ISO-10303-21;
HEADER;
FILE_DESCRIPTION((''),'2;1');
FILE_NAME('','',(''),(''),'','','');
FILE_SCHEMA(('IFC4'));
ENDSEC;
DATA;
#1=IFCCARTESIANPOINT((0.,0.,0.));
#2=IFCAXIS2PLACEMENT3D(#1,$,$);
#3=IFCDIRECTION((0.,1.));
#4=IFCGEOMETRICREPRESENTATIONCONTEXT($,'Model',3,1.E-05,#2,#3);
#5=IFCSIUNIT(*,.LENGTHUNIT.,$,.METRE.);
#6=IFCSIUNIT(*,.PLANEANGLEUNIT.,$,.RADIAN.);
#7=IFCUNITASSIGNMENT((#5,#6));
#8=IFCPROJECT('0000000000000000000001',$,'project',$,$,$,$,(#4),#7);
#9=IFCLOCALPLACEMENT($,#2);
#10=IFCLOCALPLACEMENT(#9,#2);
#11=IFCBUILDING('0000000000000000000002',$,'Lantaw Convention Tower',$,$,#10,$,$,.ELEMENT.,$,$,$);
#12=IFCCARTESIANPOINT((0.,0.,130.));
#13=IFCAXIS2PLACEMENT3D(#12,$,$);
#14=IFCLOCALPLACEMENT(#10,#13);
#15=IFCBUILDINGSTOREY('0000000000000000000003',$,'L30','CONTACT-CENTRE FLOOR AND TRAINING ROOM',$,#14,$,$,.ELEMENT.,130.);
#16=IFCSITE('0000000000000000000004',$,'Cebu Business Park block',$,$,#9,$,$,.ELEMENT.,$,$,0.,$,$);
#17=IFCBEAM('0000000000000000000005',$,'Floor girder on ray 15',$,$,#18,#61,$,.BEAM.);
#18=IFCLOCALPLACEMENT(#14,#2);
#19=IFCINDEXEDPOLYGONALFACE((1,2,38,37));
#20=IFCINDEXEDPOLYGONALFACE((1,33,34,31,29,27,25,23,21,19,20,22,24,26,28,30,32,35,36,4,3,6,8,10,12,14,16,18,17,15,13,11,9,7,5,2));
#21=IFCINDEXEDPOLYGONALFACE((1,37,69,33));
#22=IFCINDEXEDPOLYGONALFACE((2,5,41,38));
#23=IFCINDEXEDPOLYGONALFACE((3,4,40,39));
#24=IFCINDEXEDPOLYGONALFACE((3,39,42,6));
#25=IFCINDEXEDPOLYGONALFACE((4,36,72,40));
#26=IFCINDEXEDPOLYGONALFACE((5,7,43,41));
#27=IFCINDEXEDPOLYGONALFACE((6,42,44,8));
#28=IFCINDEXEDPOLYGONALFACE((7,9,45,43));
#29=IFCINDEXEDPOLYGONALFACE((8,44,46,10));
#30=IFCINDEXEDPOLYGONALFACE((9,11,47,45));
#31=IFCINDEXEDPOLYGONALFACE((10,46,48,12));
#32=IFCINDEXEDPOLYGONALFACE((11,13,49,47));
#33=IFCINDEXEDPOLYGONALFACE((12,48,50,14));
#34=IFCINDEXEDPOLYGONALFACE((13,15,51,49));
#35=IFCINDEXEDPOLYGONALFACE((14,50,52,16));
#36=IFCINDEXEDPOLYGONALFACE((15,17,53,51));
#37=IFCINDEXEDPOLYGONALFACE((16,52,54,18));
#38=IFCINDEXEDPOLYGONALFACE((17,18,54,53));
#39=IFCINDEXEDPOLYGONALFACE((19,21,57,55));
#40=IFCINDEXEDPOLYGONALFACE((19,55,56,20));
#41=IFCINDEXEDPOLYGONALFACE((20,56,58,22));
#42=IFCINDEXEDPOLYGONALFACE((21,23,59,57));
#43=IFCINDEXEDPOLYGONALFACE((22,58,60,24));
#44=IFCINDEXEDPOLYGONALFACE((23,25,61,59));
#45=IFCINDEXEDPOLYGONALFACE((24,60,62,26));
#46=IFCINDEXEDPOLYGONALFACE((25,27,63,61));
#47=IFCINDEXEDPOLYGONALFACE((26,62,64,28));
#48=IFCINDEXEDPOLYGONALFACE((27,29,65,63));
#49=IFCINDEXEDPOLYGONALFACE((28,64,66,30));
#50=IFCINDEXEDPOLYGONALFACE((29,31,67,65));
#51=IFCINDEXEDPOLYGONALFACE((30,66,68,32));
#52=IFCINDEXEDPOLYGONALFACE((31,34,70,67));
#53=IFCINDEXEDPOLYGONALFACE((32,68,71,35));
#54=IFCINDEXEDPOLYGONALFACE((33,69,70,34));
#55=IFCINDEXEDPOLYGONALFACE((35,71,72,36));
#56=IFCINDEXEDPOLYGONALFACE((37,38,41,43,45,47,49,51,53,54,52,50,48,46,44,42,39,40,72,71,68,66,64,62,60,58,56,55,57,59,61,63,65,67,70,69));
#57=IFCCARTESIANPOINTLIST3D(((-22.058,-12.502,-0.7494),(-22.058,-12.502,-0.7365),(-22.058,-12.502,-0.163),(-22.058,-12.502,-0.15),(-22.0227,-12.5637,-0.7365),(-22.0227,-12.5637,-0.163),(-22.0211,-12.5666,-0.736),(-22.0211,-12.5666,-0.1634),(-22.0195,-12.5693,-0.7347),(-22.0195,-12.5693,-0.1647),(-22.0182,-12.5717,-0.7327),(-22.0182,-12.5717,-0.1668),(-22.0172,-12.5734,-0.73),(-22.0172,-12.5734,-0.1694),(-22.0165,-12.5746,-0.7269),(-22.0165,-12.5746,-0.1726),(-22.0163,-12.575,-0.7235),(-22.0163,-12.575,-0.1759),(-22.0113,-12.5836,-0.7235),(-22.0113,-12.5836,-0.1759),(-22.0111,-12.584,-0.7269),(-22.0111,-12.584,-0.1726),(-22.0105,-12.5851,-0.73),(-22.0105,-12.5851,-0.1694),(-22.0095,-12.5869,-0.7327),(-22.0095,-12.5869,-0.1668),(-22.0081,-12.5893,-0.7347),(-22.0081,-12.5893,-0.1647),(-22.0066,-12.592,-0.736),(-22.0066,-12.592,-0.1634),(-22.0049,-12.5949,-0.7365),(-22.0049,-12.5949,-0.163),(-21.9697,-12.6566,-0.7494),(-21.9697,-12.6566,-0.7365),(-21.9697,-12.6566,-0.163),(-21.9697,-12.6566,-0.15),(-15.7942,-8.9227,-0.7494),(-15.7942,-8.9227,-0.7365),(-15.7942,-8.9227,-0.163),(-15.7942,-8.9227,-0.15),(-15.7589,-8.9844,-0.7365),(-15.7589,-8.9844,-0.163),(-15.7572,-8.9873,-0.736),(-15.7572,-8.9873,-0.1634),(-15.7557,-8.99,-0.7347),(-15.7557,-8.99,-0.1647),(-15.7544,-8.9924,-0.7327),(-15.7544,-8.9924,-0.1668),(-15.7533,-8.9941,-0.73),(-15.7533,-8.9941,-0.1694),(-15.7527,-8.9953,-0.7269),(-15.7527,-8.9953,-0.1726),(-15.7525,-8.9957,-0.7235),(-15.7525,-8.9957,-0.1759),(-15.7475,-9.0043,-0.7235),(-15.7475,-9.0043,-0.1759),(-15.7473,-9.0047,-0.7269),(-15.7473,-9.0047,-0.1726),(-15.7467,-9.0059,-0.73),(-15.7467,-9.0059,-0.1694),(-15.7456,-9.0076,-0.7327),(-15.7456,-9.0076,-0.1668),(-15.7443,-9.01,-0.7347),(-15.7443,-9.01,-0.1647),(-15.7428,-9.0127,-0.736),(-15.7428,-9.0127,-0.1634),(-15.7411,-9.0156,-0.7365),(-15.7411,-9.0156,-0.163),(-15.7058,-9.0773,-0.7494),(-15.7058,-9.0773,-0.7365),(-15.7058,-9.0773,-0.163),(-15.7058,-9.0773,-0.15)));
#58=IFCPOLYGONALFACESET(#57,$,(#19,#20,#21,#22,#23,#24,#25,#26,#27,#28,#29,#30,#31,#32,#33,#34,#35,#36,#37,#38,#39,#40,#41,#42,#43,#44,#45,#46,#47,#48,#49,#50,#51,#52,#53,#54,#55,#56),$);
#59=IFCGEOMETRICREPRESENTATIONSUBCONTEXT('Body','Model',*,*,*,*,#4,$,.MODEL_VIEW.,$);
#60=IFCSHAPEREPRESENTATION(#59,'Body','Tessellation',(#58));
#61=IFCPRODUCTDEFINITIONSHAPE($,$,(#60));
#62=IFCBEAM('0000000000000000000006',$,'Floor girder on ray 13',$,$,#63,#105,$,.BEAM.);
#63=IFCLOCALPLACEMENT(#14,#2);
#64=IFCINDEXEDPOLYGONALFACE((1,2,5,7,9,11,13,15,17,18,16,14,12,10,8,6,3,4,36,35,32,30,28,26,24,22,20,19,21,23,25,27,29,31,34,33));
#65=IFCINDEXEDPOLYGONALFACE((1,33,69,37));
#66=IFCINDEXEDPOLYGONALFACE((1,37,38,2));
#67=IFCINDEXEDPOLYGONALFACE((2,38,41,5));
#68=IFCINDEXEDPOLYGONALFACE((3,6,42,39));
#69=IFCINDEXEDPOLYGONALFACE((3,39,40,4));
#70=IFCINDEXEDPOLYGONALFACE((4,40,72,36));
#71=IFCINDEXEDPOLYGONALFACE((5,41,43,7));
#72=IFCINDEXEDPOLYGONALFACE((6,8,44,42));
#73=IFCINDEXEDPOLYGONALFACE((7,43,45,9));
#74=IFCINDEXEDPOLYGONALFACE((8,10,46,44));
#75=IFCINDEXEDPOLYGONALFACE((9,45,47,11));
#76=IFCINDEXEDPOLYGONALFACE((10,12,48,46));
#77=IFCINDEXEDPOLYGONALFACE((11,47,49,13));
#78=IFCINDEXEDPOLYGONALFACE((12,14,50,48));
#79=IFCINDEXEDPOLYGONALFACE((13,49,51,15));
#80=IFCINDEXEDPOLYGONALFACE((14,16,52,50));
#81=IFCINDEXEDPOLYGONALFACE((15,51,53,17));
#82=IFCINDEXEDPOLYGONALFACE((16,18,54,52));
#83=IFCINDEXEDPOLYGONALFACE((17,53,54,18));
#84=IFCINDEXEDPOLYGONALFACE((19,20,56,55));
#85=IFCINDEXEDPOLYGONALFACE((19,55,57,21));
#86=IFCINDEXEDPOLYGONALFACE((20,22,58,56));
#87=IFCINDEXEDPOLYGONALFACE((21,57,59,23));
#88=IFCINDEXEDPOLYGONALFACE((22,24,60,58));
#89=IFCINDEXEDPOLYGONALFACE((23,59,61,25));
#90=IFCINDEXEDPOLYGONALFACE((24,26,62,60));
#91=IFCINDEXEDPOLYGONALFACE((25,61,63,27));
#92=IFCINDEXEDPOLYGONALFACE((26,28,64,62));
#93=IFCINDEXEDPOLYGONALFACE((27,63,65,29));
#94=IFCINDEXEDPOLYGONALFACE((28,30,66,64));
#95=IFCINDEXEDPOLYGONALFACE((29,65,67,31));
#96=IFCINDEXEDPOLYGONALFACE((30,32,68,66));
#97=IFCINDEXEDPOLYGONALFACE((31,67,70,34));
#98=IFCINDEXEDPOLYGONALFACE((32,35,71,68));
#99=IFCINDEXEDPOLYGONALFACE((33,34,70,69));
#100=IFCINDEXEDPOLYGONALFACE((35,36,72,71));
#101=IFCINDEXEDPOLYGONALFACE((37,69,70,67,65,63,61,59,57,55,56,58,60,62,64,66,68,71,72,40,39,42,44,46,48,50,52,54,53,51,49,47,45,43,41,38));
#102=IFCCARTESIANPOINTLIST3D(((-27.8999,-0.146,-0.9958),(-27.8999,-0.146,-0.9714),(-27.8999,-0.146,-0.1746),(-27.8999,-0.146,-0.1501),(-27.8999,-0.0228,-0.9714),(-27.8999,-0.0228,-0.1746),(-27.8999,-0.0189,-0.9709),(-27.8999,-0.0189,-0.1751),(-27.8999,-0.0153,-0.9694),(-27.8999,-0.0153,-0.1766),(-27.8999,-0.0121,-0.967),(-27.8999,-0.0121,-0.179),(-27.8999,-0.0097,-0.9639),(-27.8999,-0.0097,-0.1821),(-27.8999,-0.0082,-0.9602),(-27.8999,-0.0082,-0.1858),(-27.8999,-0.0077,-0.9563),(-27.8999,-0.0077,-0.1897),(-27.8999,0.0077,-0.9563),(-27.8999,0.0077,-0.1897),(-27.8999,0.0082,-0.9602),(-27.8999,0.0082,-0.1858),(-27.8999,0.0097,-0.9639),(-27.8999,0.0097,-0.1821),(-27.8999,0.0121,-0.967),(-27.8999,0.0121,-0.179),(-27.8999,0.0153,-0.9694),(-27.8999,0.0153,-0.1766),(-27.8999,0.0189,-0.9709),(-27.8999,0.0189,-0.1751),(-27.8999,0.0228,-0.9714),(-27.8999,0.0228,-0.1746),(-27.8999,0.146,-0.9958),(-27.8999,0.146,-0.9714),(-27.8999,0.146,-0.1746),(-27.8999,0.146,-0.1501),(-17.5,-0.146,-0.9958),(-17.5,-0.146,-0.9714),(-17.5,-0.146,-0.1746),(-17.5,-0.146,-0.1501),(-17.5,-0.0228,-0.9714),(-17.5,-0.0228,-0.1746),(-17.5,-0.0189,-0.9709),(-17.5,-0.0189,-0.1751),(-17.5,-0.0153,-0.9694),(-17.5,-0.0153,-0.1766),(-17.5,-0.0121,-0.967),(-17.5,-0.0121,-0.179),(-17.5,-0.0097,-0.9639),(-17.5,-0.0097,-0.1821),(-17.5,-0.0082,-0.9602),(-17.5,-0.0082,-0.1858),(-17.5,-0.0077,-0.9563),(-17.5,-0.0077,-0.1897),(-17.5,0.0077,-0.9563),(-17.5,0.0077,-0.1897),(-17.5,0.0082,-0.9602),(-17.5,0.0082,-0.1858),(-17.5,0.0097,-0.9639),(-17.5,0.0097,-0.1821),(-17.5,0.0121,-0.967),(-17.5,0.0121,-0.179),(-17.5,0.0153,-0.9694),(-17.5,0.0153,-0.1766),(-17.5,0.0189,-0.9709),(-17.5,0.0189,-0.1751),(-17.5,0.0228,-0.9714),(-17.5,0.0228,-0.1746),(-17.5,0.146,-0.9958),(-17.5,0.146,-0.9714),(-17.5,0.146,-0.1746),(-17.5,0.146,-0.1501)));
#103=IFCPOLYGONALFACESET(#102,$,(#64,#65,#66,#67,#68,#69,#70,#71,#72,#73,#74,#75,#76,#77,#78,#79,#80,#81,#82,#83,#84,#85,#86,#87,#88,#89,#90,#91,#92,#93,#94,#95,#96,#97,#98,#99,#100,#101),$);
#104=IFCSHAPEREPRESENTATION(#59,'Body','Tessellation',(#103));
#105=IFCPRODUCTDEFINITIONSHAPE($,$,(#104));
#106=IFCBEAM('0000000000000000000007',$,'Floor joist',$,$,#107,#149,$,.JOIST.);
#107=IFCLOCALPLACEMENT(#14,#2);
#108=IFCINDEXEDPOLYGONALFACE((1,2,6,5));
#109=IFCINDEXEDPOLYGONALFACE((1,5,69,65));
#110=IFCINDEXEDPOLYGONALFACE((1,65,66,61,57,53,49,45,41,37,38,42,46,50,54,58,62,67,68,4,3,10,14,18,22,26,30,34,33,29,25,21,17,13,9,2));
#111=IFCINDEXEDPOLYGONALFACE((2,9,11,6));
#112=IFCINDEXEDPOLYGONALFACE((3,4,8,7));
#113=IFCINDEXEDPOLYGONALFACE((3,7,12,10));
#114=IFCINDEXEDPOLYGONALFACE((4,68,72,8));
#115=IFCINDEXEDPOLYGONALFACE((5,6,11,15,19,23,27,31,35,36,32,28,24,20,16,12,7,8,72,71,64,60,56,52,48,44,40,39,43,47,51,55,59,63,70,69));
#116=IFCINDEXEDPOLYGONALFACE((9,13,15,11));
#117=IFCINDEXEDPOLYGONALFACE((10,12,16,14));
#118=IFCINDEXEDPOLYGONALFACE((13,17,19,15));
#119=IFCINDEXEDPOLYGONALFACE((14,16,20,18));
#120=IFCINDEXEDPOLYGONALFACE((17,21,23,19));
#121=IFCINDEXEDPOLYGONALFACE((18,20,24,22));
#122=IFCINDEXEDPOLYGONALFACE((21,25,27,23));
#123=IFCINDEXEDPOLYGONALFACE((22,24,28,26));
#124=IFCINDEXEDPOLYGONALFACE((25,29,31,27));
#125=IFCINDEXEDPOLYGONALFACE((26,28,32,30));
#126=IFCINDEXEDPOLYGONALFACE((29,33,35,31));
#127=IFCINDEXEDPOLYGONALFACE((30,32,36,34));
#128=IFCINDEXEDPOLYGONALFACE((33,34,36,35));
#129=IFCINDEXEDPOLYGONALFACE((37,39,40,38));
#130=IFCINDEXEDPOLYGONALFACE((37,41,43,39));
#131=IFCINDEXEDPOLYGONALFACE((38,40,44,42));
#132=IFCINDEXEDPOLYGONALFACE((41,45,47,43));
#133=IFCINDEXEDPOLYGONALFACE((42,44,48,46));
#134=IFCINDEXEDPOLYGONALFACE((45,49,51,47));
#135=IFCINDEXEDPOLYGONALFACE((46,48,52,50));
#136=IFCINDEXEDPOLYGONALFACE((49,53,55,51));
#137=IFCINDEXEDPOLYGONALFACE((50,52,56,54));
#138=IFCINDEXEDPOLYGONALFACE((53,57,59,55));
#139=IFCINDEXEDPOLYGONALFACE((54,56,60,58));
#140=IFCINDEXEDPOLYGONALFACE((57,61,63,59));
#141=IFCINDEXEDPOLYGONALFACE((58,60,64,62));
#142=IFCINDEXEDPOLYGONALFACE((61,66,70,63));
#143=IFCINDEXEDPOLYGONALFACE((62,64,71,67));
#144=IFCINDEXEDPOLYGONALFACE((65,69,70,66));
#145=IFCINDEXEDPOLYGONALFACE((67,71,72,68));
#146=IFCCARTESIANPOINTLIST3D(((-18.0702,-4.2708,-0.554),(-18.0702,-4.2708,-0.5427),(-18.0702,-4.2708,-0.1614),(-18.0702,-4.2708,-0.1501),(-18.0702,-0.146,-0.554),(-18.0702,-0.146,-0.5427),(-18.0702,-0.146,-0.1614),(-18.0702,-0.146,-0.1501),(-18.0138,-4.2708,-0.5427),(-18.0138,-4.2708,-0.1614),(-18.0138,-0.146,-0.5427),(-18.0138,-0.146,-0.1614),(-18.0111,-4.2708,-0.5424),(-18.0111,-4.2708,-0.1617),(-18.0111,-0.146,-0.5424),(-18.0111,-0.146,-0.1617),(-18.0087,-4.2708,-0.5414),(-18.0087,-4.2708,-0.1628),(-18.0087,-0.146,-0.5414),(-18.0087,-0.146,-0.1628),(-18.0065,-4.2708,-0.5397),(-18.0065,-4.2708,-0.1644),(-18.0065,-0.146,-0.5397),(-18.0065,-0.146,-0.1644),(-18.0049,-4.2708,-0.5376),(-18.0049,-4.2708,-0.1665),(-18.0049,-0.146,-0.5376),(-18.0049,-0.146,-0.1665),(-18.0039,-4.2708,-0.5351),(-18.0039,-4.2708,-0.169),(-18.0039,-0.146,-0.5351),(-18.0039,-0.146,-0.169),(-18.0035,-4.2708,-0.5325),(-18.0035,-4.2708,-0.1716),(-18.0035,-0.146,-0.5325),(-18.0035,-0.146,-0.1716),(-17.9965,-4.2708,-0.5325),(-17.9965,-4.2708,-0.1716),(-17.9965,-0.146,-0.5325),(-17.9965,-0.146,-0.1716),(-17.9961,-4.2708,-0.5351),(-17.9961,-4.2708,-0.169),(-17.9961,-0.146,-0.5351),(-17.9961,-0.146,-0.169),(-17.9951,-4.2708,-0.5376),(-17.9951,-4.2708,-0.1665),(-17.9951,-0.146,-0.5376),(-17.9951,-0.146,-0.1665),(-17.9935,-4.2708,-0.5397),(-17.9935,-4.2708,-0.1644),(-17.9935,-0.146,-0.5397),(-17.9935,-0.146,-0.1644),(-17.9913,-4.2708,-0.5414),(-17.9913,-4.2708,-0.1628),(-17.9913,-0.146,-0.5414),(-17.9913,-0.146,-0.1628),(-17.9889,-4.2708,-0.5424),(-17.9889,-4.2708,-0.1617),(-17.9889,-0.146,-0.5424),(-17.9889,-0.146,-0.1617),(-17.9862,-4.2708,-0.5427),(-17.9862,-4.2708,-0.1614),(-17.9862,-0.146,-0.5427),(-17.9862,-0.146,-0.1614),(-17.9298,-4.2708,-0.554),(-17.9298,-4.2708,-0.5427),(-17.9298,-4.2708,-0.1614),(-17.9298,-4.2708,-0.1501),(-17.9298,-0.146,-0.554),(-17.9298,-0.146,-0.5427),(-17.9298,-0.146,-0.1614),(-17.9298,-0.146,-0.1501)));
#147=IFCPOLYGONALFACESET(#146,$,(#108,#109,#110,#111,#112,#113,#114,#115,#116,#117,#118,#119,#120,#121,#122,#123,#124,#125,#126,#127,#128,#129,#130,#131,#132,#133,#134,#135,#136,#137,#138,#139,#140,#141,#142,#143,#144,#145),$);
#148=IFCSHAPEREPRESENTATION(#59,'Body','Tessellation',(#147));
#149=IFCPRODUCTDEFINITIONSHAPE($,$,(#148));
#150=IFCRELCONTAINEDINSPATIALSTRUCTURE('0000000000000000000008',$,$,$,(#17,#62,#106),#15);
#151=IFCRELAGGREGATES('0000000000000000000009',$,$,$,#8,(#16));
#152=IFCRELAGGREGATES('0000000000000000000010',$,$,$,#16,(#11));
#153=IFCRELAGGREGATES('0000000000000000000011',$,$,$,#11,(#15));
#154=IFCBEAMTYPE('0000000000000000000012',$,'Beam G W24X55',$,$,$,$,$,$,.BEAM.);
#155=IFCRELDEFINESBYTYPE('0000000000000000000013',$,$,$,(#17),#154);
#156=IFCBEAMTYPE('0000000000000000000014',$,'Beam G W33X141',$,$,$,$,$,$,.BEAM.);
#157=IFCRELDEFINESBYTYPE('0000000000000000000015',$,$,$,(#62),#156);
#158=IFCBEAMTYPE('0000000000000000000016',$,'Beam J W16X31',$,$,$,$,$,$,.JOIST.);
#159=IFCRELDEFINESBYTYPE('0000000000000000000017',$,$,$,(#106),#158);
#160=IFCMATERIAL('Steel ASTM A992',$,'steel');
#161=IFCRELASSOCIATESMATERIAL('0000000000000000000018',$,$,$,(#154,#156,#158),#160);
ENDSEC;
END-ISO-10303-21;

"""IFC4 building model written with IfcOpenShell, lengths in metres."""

from ifc_helpers import new_model, si_unit, direction, frame, origin, origin_2d, place, context, subcontext, project, spatial, i_section, extrude, material, material_profile, profile_set, type_object, element, save


model = new_model("IFC4")

# Units and contexts
model_context = context("Model", 3, precision=1e-05, world=origin(), true_north=direction((0.0, 1.0)))
body_context = subcontext(model_context, "Body", "Model", "MODEL_VIEW")
ifc_project = project(units=[si_unit("LENGTHUNIT", "METRE"), si_unit("PLANEANGLEUNIT", "RADIAN")], contexts=[model_context])

# Site, building, storey
site_placement = place(None, origin())
site = spatial("IfcSite", under=ifc_project, at=site_placement, Name="Cebu Business Park block", CompositionType="ELEMENT", RefElevation=0.0)
building_placement = place(site_placement, origin())
building = spatial("IfcBuilding", under=site, at=building_placement, Name="Lantaw Convention Tower", CompositionType="ELEMENT")
storey_placement = place(building_placement, frame((0.0, 0.0, 130.0)))
storey = spatial("IfcBuildingStorey", under=building, at=storey_placement, Name="L30", Description="CONTACT-CENTRE FLOOR AND TRAINING ROOM", CompositionType="ELEMENT", Elevation=130.0)

# Beams
ifc_material_1 = material(Name="Steel ASTM A992", Category="steel")
ifc_material_profile_1 = material_profile(ifc_material_1, i_section(OverallWidth=0.178, OverallDepth=0.5994, WebThickness=0.01, FlangeThickness=0.0129, FilletRadius=0.0129, at=origin_2d()), Name="W24X55")
ifc_profile_set_1 = profile_set([ifc_material_profile_1], Name="Steel ASTM A992")
beam_type_1 = type_object("IfcBeamType", Name="Beam G W24X55", PredefinedType="BEAM", material=ifc_profile_set_1)
beam_1_placement = place(storey_placement, frame((-15.75, -9.0, -0.4497), z_axis=(-0.868245, -0.496135, 0.0), x_axis=(0.496135, -0.868245, 0.0)))
element("IfcBeam", 1, at=beam_1_placement, inside=storey, type_object=beam_type_1, Name="Floor girder on ray 15", PredefinedType="BEAM", context=body_context, shape_type="SweptSolid", body=[
    extrude(i_section(OverallWidth=0.178, OverallDepth=0.5994, WebThickness=0.01, FlangeThickness=0.0129, FilletRadius=0.0129, at=origin_2d()), origin(), (0.0, 0.0, 1.0), 7.2144),
])
ifc_material_profile_2 = material_profile(ifc_material_1, i_section(OverallWidth=0.292, OverallDepth=0.8457, WebThickness=0.0154, FlangeThickness=0.0244, FilletRadius=0.0151, at=origin_2d()), Name="W33X141")
ifc_profile_set_2 = profile_set([ifc_material_profile_2], Name="Steel ASTM A992")
beam_type_2 = type_object("IfcBeamType", Name="Beam G W33X141", PredefinedType="BEAM", material=ifc_profile_set_2)
beam_2_placement = place(storey_placement, frame((-17.5, 0.0, -0.573), z_axis=(-1.0, 0.0, 0.0), x_axis=(0.0, -1.0, 0.0)))
element("IfcBeam", 2, at=beam_2_placement, inside=storey, type_object=beam_type_2, Name="Floor girder on ray 13", PredefinedType="BEAM", context=body_context, shape_type="SweptSolid", body=[
    extrude(i_section(OverallWidth=0.292, OverallDepth=0.8457, WebThickness=0.0154, FlangeThickness=0.0244, FilletRadius=0.0151, at=origin_2d()), origin(), (0.0, 0.0, 1.0), 10.3999),
])
ifc_material_profile_3 = material_profile(ifc_material_1, i_section(OverallWidth=0.1404, OverallDepth=0.4038, WebThickness=0.0071, FlangeThickness=0.0112, FilletRadius=0.0103, at=origin_2d()), Name="W16X31")
ifc_profile_set_3 = profile_set([ifc_material_profile_3], Name="Steel ASTM A992")
beam_type_3 = type_object("IfcBeamType", Name="Beam J W16X31", PredefinedType="JOIST", material=ifc_profile_set_3)
beam_3_placement = place(storey_placement, frame((-18.0, -4.2708, -0.3521), z_axis=(0.0, 1.0, 0.0), x_axis=(-1.0, 0.0, 0.0)))
element("IfcBeam", 3, at=beam_3_placement, inside=storey, type_object=beam_type_3, Name="Floor joist", PredefinedType="JOIST", context=body_context, shape_type="SweptSolid", body=[
    extrude(i_section(OverallWidth=0.1404, OverallDepth=0.4038, WebThickness=0.0071, FlangeThickness=0.0112, FilletRadius=0.0103, at=origin_2d()), origin(), (0.0, 0.0, 1.0), 4.1248),
])

save(model, "model.ifc")
